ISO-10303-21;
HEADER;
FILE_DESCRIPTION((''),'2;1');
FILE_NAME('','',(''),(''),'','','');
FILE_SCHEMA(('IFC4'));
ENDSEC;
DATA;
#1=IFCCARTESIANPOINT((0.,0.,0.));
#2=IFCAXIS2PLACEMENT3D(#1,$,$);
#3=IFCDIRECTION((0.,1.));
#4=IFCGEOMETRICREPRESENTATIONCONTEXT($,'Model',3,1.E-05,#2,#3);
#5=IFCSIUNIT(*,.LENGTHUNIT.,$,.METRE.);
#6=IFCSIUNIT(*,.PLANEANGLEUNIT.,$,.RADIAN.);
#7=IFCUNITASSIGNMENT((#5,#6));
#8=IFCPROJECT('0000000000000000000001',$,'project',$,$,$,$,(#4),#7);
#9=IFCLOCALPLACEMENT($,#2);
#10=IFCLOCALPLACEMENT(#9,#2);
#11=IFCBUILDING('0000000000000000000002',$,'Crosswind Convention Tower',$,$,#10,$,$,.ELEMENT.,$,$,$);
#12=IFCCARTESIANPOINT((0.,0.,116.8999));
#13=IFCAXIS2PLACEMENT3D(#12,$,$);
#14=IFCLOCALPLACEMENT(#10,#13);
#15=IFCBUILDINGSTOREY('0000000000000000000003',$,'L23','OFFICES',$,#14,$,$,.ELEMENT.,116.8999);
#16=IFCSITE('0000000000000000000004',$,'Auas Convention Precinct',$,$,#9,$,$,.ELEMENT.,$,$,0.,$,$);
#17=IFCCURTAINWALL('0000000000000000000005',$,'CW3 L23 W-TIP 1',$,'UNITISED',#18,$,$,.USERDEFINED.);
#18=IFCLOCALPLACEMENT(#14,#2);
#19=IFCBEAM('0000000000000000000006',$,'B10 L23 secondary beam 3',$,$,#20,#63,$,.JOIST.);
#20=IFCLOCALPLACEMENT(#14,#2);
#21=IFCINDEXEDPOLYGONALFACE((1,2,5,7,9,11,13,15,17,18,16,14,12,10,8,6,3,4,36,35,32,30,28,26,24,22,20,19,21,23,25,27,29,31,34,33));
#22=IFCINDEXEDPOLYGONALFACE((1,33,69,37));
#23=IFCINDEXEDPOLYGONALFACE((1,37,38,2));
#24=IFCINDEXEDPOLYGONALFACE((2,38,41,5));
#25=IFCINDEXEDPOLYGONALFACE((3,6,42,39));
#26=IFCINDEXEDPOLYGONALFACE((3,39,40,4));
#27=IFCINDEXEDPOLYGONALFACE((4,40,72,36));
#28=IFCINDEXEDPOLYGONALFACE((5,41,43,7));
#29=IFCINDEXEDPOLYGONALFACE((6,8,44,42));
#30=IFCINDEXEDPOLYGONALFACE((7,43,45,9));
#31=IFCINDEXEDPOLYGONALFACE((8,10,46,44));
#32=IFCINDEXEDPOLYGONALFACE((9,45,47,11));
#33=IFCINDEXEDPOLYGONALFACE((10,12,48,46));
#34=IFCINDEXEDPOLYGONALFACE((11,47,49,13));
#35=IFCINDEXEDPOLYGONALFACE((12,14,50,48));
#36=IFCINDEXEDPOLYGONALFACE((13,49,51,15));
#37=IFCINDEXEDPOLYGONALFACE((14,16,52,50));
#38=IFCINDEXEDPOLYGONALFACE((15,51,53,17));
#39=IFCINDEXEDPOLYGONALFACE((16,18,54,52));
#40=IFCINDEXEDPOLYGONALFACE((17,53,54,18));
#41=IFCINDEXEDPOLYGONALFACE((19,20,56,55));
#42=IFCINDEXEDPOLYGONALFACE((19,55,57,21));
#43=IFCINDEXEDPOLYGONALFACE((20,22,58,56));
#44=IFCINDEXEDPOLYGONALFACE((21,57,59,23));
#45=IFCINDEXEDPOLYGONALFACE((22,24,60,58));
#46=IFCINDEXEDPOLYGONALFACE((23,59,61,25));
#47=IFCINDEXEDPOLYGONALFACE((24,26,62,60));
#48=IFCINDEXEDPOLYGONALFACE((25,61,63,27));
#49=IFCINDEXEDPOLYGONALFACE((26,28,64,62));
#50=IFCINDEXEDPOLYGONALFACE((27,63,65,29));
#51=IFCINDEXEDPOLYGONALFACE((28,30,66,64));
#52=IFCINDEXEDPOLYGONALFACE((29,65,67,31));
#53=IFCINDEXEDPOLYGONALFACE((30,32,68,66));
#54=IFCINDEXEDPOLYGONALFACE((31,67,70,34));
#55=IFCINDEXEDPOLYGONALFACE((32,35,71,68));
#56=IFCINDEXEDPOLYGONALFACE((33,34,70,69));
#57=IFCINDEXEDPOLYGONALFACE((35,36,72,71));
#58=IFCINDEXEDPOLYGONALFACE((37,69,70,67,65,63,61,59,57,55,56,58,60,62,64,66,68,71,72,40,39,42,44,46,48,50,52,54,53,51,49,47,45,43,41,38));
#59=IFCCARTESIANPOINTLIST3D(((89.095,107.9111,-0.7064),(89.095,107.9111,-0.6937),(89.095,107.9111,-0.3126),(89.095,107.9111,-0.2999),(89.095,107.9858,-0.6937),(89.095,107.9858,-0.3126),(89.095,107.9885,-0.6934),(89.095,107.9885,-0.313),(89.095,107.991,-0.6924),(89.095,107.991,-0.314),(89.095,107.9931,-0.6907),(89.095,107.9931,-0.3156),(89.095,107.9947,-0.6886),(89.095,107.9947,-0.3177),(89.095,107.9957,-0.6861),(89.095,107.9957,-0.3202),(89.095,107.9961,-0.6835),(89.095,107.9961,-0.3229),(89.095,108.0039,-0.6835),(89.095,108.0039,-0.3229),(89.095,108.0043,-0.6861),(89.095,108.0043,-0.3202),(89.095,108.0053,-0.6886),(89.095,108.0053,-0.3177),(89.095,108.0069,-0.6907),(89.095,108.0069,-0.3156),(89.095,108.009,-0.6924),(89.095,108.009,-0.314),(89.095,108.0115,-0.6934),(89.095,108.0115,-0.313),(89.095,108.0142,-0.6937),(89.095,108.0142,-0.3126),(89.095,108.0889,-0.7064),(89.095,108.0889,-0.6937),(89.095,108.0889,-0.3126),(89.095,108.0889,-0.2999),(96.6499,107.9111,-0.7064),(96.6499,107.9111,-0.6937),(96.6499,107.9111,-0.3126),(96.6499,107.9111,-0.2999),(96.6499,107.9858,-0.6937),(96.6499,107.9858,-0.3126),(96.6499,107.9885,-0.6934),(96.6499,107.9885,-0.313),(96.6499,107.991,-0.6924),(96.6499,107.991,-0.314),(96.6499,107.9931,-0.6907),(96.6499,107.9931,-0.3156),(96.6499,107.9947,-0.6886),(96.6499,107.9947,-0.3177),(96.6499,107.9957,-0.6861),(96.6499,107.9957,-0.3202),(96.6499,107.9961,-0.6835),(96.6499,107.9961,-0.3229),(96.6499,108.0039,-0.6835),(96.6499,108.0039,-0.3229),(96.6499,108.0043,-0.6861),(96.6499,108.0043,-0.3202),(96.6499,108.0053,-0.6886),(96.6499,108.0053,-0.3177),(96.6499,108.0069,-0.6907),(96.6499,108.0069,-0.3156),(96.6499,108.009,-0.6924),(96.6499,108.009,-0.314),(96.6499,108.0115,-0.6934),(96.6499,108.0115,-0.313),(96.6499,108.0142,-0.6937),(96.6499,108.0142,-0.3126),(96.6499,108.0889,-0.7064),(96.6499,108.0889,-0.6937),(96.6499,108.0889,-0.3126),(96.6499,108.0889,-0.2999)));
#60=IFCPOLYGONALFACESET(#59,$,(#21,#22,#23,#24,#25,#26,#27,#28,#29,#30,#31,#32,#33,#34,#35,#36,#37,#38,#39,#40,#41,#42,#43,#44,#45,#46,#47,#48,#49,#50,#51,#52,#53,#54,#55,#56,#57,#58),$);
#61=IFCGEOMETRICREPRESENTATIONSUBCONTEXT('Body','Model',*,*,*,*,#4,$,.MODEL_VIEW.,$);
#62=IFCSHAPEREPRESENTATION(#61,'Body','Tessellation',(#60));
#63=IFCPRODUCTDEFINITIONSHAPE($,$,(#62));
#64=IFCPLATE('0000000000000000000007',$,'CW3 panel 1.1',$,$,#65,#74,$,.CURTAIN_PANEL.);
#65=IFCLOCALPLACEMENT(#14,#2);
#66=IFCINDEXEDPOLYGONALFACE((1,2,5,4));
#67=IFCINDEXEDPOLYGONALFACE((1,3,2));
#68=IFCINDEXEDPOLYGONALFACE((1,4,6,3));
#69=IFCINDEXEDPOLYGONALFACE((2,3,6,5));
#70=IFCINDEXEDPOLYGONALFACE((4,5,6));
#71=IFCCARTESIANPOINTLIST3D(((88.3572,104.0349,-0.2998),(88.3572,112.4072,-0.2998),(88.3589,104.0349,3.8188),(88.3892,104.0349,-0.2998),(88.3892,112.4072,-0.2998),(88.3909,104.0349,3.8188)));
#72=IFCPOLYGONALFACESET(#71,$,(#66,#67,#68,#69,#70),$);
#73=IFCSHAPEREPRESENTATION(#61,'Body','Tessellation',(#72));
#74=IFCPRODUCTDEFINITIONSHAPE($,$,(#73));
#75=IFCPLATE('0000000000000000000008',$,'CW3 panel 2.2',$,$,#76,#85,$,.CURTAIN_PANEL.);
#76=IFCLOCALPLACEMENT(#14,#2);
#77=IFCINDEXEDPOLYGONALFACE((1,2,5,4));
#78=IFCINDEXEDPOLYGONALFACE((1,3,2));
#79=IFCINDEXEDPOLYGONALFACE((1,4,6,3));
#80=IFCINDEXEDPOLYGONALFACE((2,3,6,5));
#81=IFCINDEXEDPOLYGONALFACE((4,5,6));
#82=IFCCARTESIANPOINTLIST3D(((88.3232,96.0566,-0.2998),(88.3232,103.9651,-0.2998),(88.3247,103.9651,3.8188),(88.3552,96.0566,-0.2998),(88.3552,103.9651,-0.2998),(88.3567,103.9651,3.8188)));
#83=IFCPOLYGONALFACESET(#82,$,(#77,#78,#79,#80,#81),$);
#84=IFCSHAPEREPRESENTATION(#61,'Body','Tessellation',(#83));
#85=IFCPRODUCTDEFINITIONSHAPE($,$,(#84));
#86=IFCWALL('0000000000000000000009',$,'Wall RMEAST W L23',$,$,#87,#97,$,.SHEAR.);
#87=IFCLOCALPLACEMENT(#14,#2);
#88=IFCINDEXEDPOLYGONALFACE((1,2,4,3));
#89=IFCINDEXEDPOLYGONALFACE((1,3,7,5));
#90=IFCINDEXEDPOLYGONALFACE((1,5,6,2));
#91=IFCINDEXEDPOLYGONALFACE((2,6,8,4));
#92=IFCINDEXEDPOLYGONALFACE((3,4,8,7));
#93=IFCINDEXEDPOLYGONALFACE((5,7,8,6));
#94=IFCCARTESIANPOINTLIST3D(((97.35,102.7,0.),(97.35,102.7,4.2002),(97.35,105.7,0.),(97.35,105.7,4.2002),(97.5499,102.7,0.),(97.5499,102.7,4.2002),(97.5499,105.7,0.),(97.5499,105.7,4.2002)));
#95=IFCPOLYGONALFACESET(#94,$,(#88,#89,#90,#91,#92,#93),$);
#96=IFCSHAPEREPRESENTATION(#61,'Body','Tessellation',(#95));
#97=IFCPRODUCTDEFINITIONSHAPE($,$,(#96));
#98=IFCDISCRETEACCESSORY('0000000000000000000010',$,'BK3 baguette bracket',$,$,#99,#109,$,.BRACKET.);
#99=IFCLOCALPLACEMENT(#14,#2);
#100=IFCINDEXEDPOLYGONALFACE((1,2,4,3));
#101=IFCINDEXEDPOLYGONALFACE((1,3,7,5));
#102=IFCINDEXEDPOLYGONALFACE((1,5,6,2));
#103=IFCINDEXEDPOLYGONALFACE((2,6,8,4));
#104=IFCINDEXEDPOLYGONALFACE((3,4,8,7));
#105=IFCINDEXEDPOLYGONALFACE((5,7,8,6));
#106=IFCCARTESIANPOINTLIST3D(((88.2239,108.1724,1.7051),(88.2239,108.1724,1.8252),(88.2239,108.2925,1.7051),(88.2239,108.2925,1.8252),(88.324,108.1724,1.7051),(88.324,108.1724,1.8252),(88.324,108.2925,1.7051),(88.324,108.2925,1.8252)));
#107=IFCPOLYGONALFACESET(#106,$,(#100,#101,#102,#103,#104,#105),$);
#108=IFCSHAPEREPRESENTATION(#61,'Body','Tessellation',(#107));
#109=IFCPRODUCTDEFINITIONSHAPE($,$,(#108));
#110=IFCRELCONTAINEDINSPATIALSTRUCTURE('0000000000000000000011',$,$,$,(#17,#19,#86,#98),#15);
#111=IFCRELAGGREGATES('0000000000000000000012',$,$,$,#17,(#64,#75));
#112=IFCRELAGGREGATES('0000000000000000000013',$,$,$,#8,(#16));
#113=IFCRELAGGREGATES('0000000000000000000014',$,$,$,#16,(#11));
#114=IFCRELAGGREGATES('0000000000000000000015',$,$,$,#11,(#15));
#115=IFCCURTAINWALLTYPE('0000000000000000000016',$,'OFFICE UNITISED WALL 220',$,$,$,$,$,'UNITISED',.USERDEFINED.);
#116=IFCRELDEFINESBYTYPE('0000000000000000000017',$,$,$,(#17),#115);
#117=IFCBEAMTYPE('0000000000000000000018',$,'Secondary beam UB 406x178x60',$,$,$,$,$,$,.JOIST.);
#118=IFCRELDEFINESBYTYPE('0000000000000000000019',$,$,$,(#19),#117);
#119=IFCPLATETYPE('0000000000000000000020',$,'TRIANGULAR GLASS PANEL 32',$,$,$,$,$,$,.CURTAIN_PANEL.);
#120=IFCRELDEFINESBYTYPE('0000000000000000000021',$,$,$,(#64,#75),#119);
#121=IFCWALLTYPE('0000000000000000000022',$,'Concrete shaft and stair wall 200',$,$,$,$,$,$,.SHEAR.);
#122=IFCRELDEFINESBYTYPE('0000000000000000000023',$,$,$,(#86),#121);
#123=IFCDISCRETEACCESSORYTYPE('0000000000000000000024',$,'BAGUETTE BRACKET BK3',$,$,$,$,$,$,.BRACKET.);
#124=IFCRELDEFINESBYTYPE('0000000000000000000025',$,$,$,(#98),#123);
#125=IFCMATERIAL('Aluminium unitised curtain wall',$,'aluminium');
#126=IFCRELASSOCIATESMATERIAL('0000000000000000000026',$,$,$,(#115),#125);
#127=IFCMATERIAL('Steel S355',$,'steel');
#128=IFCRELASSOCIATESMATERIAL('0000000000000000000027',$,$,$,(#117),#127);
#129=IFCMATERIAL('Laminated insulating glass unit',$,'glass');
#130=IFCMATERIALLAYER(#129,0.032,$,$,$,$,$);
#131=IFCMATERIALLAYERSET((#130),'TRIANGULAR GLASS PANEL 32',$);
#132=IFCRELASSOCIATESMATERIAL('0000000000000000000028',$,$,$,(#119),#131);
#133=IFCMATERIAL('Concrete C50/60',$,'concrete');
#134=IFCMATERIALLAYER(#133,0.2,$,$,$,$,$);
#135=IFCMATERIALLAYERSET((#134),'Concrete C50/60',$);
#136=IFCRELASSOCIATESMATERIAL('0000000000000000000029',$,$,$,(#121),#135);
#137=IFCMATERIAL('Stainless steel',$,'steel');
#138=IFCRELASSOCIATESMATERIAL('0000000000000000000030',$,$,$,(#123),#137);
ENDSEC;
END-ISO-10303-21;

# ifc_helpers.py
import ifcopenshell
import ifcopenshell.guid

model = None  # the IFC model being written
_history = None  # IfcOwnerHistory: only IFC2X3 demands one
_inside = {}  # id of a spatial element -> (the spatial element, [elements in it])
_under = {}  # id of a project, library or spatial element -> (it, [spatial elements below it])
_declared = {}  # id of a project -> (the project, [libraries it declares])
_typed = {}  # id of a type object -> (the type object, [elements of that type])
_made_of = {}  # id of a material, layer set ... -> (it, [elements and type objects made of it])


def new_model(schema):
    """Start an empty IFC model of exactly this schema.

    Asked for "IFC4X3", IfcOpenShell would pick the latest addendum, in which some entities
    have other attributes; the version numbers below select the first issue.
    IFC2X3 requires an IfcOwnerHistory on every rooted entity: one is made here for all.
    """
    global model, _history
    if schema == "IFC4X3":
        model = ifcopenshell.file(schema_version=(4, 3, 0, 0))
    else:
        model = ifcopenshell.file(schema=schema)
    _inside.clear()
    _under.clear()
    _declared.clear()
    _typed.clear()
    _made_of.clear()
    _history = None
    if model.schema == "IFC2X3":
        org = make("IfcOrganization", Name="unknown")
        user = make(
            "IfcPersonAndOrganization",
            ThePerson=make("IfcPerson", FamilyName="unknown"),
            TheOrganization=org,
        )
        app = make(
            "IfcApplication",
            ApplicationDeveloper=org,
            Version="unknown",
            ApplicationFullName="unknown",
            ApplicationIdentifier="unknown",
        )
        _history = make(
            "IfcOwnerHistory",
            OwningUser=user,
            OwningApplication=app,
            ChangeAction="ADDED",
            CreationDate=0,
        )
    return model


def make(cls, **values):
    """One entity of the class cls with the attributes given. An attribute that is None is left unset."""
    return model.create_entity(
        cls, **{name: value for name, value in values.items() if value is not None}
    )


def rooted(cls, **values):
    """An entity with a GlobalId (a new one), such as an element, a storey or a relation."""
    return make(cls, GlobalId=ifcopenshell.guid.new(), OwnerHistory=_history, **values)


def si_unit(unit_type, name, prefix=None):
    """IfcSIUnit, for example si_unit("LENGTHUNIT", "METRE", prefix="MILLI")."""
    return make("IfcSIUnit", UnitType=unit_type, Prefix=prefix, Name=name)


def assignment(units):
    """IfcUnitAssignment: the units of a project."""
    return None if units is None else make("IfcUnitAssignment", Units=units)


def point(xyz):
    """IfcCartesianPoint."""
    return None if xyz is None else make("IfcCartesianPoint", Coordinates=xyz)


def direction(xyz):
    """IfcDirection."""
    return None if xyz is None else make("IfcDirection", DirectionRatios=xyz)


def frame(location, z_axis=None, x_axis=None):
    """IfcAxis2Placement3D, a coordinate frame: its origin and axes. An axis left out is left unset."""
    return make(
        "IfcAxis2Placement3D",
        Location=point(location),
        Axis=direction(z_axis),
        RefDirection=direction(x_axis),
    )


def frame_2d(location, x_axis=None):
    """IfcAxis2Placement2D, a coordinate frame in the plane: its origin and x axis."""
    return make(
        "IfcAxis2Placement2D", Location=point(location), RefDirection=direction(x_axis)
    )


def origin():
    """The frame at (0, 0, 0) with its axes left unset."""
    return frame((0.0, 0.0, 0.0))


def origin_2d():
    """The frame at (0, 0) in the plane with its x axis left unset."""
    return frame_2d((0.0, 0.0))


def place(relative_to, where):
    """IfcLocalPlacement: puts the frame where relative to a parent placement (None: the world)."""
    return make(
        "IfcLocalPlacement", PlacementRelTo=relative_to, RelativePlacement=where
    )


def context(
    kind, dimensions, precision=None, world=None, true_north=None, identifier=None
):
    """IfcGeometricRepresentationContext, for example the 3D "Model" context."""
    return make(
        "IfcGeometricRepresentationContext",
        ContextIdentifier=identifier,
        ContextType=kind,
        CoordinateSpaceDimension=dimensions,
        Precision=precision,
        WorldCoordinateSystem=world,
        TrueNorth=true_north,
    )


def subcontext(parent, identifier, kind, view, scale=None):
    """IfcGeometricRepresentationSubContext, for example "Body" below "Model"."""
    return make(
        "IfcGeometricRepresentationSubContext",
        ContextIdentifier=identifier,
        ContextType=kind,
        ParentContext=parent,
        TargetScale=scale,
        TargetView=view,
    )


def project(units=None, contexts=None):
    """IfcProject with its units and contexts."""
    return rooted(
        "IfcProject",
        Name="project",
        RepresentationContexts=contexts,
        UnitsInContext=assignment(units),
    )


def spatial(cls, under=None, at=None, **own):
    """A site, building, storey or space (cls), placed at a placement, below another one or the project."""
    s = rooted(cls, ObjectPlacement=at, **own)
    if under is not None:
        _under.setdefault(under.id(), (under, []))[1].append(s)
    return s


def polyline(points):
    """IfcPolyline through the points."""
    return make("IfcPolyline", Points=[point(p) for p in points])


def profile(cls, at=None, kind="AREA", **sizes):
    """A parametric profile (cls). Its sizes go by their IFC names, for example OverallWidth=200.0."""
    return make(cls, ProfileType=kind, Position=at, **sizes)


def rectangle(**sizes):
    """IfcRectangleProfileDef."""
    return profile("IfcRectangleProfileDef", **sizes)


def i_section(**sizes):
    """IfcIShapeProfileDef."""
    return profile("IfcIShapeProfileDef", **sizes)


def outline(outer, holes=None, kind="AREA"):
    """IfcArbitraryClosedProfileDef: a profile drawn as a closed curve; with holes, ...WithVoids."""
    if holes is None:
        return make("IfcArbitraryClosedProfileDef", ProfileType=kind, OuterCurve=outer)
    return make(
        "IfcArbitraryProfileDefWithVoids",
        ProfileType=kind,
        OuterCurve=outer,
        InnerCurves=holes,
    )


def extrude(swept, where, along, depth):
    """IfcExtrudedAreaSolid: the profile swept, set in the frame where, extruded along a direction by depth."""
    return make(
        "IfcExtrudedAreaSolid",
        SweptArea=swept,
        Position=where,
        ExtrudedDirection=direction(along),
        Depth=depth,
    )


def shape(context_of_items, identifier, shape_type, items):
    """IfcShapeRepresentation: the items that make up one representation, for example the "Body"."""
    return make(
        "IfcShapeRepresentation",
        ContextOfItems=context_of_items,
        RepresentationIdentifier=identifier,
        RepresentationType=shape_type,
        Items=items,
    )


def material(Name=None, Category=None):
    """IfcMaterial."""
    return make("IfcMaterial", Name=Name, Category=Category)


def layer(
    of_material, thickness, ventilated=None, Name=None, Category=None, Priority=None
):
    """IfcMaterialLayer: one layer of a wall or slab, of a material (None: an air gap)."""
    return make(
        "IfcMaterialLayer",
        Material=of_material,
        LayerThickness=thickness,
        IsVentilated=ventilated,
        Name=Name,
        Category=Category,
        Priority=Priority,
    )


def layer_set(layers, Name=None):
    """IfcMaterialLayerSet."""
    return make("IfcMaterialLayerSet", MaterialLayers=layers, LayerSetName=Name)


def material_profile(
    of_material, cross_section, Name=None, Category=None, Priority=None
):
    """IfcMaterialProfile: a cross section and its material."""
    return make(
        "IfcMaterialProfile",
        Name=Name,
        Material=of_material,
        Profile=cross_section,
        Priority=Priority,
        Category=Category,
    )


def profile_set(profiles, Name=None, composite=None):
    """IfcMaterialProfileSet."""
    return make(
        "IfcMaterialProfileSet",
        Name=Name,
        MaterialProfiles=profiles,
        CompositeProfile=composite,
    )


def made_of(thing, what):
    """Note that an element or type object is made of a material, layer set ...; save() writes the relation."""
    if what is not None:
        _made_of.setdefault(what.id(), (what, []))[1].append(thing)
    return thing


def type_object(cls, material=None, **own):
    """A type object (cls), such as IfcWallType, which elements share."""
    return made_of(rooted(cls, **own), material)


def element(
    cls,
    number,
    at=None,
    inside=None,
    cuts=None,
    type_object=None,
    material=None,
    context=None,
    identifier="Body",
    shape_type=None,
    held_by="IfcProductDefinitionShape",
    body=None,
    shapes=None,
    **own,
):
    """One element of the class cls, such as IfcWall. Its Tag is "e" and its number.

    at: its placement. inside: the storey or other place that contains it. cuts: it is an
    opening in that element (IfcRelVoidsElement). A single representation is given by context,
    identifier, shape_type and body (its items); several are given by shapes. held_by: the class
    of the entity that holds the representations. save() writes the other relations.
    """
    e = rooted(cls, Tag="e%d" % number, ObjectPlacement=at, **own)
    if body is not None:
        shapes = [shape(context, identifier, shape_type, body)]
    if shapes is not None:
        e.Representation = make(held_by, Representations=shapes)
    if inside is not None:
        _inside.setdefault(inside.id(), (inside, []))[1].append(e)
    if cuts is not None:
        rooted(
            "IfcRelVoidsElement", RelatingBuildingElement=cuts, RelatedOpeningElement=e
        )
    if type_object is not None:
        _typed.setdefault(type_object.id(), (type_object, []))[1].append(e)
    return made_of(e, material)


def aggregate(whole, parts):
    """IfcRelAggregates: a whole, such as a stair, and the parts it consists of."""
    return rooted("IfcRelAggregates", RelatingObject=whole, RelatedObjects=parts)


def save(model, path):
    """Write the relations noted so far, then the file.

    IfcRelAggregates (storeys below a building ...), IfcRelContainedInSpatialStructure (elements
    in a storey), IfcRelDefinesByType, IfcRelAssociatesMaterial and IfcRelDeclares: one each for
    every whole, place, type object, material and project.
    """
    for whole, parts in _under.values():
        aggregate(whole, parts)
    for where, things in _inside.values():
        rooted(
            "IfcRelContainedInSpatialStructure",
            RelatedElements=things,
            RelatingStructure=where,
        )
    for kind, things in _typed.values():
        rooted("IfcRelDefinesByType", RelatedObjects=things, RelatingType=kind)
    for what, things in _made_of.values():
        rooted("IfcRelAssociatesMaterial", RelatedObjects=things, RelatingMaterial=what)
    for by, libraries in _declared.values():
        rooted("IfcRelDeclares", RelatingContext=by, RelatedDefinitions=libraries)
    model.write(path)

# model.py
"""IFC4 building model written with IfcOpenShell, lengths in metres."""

from ifc_helpers import new_model, si_unit, direction, frame, frame_2d, origin, origin_2d, place, context, subcontext, project, spatial, polyline, rectangle, i_section, outline, extrude, material, layer, layer_set, material_profile, profile_set, type_object, element, aggregate, save


model = new_model("IFC4")

# Units and contexts
model_context = context("Model", 3, precision=1e-05, world=origin(), true_north=direction((0.0, 1.0)))
body_context = subcontext(model_context, "Body", "Model", "MODEL_VIEW")
ifc_project = project(units=[si_unit("LENGTHUNIT", "METRE"), si_unit("PLANEANGLEUNIT", "RADIAN")], contexts=[model_context])

# Site, building, storey
site_placement = place(None, origin())
site = spatial("IfcSite", under=ifc_project, at=site_placement, Name="Auas Convention Precinct", CompositionType="ELEMENT", RefElevation=0.0)
building_placement = place(site_placement, origin())
building = spatial("IfcBuilding", under=site, at=building_placement, Name="Crosswind Convention Tower", CompositionType="ELEMENT")
storey_placement = place(building_placement, frame((0.0, 0.0, 116.8999)))
storey = spatial("IfcBuildingStorey", under=building, at=storey_placement, Name="L23", Description="OFFICES", CompositionType="ELEMENT", Elevation=116.8999)

# Shared definitions
ifc_material_1 = material(Name="Steel S355", Category="steel")

# Curtain wall
ifc_material_2 = material(Name="Aluminium unitised curtain wall", Category="aluminium")
curtain_wall_type = type_object("IfcCurtainWallType", Name="OFFICE UNITISED WALL 220", ElementType="UNITISED", PredefinedType="USERDEFINED", material=ifc_material_2)
curtain_wall_placement = place(storey_placement, origin())
curtain_wall = element("IfcCurtainWall", 1, at=curtain_wall_placement, inside=storey, type_object=curtain_wall_type, Name="CW3 L23 W-TIP 1", ObjectType="UNITISED", PredefinedType="USERDEFINED")

# Beam
ifc_material_profile_1 = material_profile(ifc_material_1, i_section(OverallWidth=0.1777, OverallDepth=0.4065, WebThickness=0.0078, FlangeThickness=0.0127, FilletRadius=0.0103, at=origin_2d()), Name="UB 406x178x60")
ifc_profile_set_1 = profile_set([ifc_material_profile_1], Name="Steel S355")
beam_type_1 = type_object("IfcBeamType", Name="Secondary beam UB 406x178x60", PredefinedType="JOIST", material=ifc_profile_set_1)
for number, where, z_axis, x_axis, name in (
    (2, (89.095, 108.0, -0.5032), (1.0, 0.0, 0.0), (0.0, 1.0, 0.0), "B10 L23 secondary beam 3"),
):
    element("IfcBeam", number, at=place(storey_placement, frame(where, z_axis=z_axis, x_axis=x_axis)), inside=storey, type_object=beam_type_1, Name=name, PredefinedType="JOIST", context=body_context, shape_type="SweptSolid", body=[
        extrude(i_section(OverallWidth=0.1777, OverallDepth=0.4065, WebThickness=0.0078, FlangeThickness=0.0127, FilletRadius=0.0103, at=origin_2d()), origin(), (0.0, 0.0, 1.0), 7.5549),
    ])

# Plates
ifc_material_3 = material(Name="Laminated insulating glass unit", Category="glass")
ifc_layer_1 = layer(ifc_material_3, 0.032)
ifc_layer_set_1 = layer_set([ifc_layer_1], Name="TRIANGULAR GLASS PANEL 32")
plate_type = type_object("IfcPlateType", Name="TRIANGULAR GLASS PANEL 32", PredefinedType="CURTAIN_PANEL", material=ifc_layer_set_1)
plate_1_placement = place(storey_placement, frame((88.3572, 104.0349, -0.2998), z_axis=(-1.0, 0.0, 0.000415), x_axis=(0.000415, 0.0, 1.0)))
plate_1 = element("IfcPlate", 3, at=plate_1_placement, type_object=plate_type, Name="CW3 panel 1.1", PredefinedType="CURTAIN_PANEL", context=body_context, shape_type="SweptSolid", body=[
    extrude(outline(polyline([(0.0, 0.0), (4.1187, 0.0), (0.0, 8.3723), (0.0, 0.0)])), origin(), (0.0, 0.0, -1.0), 0.032),
])
plate_2_placement = place(storey_placement, frame((88.3232, 103.9651, -0.2998), z_axis=(-1.0, 0.0, 0.000356), x_axis=(0.0, -1.0, 0.0)))
plate_2 = element("IfcPlate", 4, at=plate_2_placement, type_object=plate_type, Name="CW3 panel 2.2", PredefinedType="CURTAIN_PANEL", context=body_context, shape_type="SweptSolid", body=[
    extrude(outline(polyline([(0.0, 0.0), (7.9084, 0.0), (0.0, 4.1187), (0.0, 0.0)])), origin(), (0.0, 0.0, -1.0), 0.032),
])
aggregate(curtain_wall, [plate_1, plate_2])

# Wall
ifc_material_4 = material(Name="Concrete C50/60", Category="concrete")
ifc_layer_2 = layer(ifc_material_4, 0.2)
ifc_layer_set_2 = layer_set([ifc_layer_2], Name="Concrete C50/60")
wall_type = type_object("IfcWallType", Name="Concrete shaft and stair wall 200", PredefinedType="SHEAR", material=ifc_layer_set_2)
wall_placement = place(storey_placement, frame((97.45, 105.7, 0.0), z_axis=(0.0, 0.0, 1.0), x_axis=(0.0, -1.0, 0.0)))
element("IfcWall", 5, at=wall_placement, inside=storey, type_object=wall_type, Name="Wall RMEAST W L23", PredefinedType="SHEAR", context=body_context, shape_type="SweptSolid", body=[
    extrude(rectangle(XDim=3.0, YDim=0.2, at=frame_2d((1.5, 0.0))), origin(), (0.0, 0.0, 1.0), 4.2002),
])

# Discrete accessory
ifc_material_5 = material(Name="Stainless steel", Category="steel")
discrete_accessory_type = type_object("IfcDiscreteAccessoryType", Name="BAGUETTE BRACKET BK3", PredefinedType="BRACKET", material=ifc_material_5)
discrete_accessory_placement = place(storey_placement, frame((88.2739, 108.2324, 1.7051), z_axis=(0.0, 0.0, 1.0), x_axis=(0.0, -1.0, 0.0)))
element("IfcDiscreteAccessory", 6, at=discrete_accessory_placement, inside=storey, type_object=discrete_accessory_type, Name="BK3 baguette bracket", PredefinedType="BRACKET", context=body_context, shape_type="SweptSolid", body=[
    extrude(rectangle(XDim=0.1201, YDim=0.1001, at=origin_2d()), origin(), (0.0, 0.0, 1.0), 0.1201),
])

save(model, "model.ifc")
